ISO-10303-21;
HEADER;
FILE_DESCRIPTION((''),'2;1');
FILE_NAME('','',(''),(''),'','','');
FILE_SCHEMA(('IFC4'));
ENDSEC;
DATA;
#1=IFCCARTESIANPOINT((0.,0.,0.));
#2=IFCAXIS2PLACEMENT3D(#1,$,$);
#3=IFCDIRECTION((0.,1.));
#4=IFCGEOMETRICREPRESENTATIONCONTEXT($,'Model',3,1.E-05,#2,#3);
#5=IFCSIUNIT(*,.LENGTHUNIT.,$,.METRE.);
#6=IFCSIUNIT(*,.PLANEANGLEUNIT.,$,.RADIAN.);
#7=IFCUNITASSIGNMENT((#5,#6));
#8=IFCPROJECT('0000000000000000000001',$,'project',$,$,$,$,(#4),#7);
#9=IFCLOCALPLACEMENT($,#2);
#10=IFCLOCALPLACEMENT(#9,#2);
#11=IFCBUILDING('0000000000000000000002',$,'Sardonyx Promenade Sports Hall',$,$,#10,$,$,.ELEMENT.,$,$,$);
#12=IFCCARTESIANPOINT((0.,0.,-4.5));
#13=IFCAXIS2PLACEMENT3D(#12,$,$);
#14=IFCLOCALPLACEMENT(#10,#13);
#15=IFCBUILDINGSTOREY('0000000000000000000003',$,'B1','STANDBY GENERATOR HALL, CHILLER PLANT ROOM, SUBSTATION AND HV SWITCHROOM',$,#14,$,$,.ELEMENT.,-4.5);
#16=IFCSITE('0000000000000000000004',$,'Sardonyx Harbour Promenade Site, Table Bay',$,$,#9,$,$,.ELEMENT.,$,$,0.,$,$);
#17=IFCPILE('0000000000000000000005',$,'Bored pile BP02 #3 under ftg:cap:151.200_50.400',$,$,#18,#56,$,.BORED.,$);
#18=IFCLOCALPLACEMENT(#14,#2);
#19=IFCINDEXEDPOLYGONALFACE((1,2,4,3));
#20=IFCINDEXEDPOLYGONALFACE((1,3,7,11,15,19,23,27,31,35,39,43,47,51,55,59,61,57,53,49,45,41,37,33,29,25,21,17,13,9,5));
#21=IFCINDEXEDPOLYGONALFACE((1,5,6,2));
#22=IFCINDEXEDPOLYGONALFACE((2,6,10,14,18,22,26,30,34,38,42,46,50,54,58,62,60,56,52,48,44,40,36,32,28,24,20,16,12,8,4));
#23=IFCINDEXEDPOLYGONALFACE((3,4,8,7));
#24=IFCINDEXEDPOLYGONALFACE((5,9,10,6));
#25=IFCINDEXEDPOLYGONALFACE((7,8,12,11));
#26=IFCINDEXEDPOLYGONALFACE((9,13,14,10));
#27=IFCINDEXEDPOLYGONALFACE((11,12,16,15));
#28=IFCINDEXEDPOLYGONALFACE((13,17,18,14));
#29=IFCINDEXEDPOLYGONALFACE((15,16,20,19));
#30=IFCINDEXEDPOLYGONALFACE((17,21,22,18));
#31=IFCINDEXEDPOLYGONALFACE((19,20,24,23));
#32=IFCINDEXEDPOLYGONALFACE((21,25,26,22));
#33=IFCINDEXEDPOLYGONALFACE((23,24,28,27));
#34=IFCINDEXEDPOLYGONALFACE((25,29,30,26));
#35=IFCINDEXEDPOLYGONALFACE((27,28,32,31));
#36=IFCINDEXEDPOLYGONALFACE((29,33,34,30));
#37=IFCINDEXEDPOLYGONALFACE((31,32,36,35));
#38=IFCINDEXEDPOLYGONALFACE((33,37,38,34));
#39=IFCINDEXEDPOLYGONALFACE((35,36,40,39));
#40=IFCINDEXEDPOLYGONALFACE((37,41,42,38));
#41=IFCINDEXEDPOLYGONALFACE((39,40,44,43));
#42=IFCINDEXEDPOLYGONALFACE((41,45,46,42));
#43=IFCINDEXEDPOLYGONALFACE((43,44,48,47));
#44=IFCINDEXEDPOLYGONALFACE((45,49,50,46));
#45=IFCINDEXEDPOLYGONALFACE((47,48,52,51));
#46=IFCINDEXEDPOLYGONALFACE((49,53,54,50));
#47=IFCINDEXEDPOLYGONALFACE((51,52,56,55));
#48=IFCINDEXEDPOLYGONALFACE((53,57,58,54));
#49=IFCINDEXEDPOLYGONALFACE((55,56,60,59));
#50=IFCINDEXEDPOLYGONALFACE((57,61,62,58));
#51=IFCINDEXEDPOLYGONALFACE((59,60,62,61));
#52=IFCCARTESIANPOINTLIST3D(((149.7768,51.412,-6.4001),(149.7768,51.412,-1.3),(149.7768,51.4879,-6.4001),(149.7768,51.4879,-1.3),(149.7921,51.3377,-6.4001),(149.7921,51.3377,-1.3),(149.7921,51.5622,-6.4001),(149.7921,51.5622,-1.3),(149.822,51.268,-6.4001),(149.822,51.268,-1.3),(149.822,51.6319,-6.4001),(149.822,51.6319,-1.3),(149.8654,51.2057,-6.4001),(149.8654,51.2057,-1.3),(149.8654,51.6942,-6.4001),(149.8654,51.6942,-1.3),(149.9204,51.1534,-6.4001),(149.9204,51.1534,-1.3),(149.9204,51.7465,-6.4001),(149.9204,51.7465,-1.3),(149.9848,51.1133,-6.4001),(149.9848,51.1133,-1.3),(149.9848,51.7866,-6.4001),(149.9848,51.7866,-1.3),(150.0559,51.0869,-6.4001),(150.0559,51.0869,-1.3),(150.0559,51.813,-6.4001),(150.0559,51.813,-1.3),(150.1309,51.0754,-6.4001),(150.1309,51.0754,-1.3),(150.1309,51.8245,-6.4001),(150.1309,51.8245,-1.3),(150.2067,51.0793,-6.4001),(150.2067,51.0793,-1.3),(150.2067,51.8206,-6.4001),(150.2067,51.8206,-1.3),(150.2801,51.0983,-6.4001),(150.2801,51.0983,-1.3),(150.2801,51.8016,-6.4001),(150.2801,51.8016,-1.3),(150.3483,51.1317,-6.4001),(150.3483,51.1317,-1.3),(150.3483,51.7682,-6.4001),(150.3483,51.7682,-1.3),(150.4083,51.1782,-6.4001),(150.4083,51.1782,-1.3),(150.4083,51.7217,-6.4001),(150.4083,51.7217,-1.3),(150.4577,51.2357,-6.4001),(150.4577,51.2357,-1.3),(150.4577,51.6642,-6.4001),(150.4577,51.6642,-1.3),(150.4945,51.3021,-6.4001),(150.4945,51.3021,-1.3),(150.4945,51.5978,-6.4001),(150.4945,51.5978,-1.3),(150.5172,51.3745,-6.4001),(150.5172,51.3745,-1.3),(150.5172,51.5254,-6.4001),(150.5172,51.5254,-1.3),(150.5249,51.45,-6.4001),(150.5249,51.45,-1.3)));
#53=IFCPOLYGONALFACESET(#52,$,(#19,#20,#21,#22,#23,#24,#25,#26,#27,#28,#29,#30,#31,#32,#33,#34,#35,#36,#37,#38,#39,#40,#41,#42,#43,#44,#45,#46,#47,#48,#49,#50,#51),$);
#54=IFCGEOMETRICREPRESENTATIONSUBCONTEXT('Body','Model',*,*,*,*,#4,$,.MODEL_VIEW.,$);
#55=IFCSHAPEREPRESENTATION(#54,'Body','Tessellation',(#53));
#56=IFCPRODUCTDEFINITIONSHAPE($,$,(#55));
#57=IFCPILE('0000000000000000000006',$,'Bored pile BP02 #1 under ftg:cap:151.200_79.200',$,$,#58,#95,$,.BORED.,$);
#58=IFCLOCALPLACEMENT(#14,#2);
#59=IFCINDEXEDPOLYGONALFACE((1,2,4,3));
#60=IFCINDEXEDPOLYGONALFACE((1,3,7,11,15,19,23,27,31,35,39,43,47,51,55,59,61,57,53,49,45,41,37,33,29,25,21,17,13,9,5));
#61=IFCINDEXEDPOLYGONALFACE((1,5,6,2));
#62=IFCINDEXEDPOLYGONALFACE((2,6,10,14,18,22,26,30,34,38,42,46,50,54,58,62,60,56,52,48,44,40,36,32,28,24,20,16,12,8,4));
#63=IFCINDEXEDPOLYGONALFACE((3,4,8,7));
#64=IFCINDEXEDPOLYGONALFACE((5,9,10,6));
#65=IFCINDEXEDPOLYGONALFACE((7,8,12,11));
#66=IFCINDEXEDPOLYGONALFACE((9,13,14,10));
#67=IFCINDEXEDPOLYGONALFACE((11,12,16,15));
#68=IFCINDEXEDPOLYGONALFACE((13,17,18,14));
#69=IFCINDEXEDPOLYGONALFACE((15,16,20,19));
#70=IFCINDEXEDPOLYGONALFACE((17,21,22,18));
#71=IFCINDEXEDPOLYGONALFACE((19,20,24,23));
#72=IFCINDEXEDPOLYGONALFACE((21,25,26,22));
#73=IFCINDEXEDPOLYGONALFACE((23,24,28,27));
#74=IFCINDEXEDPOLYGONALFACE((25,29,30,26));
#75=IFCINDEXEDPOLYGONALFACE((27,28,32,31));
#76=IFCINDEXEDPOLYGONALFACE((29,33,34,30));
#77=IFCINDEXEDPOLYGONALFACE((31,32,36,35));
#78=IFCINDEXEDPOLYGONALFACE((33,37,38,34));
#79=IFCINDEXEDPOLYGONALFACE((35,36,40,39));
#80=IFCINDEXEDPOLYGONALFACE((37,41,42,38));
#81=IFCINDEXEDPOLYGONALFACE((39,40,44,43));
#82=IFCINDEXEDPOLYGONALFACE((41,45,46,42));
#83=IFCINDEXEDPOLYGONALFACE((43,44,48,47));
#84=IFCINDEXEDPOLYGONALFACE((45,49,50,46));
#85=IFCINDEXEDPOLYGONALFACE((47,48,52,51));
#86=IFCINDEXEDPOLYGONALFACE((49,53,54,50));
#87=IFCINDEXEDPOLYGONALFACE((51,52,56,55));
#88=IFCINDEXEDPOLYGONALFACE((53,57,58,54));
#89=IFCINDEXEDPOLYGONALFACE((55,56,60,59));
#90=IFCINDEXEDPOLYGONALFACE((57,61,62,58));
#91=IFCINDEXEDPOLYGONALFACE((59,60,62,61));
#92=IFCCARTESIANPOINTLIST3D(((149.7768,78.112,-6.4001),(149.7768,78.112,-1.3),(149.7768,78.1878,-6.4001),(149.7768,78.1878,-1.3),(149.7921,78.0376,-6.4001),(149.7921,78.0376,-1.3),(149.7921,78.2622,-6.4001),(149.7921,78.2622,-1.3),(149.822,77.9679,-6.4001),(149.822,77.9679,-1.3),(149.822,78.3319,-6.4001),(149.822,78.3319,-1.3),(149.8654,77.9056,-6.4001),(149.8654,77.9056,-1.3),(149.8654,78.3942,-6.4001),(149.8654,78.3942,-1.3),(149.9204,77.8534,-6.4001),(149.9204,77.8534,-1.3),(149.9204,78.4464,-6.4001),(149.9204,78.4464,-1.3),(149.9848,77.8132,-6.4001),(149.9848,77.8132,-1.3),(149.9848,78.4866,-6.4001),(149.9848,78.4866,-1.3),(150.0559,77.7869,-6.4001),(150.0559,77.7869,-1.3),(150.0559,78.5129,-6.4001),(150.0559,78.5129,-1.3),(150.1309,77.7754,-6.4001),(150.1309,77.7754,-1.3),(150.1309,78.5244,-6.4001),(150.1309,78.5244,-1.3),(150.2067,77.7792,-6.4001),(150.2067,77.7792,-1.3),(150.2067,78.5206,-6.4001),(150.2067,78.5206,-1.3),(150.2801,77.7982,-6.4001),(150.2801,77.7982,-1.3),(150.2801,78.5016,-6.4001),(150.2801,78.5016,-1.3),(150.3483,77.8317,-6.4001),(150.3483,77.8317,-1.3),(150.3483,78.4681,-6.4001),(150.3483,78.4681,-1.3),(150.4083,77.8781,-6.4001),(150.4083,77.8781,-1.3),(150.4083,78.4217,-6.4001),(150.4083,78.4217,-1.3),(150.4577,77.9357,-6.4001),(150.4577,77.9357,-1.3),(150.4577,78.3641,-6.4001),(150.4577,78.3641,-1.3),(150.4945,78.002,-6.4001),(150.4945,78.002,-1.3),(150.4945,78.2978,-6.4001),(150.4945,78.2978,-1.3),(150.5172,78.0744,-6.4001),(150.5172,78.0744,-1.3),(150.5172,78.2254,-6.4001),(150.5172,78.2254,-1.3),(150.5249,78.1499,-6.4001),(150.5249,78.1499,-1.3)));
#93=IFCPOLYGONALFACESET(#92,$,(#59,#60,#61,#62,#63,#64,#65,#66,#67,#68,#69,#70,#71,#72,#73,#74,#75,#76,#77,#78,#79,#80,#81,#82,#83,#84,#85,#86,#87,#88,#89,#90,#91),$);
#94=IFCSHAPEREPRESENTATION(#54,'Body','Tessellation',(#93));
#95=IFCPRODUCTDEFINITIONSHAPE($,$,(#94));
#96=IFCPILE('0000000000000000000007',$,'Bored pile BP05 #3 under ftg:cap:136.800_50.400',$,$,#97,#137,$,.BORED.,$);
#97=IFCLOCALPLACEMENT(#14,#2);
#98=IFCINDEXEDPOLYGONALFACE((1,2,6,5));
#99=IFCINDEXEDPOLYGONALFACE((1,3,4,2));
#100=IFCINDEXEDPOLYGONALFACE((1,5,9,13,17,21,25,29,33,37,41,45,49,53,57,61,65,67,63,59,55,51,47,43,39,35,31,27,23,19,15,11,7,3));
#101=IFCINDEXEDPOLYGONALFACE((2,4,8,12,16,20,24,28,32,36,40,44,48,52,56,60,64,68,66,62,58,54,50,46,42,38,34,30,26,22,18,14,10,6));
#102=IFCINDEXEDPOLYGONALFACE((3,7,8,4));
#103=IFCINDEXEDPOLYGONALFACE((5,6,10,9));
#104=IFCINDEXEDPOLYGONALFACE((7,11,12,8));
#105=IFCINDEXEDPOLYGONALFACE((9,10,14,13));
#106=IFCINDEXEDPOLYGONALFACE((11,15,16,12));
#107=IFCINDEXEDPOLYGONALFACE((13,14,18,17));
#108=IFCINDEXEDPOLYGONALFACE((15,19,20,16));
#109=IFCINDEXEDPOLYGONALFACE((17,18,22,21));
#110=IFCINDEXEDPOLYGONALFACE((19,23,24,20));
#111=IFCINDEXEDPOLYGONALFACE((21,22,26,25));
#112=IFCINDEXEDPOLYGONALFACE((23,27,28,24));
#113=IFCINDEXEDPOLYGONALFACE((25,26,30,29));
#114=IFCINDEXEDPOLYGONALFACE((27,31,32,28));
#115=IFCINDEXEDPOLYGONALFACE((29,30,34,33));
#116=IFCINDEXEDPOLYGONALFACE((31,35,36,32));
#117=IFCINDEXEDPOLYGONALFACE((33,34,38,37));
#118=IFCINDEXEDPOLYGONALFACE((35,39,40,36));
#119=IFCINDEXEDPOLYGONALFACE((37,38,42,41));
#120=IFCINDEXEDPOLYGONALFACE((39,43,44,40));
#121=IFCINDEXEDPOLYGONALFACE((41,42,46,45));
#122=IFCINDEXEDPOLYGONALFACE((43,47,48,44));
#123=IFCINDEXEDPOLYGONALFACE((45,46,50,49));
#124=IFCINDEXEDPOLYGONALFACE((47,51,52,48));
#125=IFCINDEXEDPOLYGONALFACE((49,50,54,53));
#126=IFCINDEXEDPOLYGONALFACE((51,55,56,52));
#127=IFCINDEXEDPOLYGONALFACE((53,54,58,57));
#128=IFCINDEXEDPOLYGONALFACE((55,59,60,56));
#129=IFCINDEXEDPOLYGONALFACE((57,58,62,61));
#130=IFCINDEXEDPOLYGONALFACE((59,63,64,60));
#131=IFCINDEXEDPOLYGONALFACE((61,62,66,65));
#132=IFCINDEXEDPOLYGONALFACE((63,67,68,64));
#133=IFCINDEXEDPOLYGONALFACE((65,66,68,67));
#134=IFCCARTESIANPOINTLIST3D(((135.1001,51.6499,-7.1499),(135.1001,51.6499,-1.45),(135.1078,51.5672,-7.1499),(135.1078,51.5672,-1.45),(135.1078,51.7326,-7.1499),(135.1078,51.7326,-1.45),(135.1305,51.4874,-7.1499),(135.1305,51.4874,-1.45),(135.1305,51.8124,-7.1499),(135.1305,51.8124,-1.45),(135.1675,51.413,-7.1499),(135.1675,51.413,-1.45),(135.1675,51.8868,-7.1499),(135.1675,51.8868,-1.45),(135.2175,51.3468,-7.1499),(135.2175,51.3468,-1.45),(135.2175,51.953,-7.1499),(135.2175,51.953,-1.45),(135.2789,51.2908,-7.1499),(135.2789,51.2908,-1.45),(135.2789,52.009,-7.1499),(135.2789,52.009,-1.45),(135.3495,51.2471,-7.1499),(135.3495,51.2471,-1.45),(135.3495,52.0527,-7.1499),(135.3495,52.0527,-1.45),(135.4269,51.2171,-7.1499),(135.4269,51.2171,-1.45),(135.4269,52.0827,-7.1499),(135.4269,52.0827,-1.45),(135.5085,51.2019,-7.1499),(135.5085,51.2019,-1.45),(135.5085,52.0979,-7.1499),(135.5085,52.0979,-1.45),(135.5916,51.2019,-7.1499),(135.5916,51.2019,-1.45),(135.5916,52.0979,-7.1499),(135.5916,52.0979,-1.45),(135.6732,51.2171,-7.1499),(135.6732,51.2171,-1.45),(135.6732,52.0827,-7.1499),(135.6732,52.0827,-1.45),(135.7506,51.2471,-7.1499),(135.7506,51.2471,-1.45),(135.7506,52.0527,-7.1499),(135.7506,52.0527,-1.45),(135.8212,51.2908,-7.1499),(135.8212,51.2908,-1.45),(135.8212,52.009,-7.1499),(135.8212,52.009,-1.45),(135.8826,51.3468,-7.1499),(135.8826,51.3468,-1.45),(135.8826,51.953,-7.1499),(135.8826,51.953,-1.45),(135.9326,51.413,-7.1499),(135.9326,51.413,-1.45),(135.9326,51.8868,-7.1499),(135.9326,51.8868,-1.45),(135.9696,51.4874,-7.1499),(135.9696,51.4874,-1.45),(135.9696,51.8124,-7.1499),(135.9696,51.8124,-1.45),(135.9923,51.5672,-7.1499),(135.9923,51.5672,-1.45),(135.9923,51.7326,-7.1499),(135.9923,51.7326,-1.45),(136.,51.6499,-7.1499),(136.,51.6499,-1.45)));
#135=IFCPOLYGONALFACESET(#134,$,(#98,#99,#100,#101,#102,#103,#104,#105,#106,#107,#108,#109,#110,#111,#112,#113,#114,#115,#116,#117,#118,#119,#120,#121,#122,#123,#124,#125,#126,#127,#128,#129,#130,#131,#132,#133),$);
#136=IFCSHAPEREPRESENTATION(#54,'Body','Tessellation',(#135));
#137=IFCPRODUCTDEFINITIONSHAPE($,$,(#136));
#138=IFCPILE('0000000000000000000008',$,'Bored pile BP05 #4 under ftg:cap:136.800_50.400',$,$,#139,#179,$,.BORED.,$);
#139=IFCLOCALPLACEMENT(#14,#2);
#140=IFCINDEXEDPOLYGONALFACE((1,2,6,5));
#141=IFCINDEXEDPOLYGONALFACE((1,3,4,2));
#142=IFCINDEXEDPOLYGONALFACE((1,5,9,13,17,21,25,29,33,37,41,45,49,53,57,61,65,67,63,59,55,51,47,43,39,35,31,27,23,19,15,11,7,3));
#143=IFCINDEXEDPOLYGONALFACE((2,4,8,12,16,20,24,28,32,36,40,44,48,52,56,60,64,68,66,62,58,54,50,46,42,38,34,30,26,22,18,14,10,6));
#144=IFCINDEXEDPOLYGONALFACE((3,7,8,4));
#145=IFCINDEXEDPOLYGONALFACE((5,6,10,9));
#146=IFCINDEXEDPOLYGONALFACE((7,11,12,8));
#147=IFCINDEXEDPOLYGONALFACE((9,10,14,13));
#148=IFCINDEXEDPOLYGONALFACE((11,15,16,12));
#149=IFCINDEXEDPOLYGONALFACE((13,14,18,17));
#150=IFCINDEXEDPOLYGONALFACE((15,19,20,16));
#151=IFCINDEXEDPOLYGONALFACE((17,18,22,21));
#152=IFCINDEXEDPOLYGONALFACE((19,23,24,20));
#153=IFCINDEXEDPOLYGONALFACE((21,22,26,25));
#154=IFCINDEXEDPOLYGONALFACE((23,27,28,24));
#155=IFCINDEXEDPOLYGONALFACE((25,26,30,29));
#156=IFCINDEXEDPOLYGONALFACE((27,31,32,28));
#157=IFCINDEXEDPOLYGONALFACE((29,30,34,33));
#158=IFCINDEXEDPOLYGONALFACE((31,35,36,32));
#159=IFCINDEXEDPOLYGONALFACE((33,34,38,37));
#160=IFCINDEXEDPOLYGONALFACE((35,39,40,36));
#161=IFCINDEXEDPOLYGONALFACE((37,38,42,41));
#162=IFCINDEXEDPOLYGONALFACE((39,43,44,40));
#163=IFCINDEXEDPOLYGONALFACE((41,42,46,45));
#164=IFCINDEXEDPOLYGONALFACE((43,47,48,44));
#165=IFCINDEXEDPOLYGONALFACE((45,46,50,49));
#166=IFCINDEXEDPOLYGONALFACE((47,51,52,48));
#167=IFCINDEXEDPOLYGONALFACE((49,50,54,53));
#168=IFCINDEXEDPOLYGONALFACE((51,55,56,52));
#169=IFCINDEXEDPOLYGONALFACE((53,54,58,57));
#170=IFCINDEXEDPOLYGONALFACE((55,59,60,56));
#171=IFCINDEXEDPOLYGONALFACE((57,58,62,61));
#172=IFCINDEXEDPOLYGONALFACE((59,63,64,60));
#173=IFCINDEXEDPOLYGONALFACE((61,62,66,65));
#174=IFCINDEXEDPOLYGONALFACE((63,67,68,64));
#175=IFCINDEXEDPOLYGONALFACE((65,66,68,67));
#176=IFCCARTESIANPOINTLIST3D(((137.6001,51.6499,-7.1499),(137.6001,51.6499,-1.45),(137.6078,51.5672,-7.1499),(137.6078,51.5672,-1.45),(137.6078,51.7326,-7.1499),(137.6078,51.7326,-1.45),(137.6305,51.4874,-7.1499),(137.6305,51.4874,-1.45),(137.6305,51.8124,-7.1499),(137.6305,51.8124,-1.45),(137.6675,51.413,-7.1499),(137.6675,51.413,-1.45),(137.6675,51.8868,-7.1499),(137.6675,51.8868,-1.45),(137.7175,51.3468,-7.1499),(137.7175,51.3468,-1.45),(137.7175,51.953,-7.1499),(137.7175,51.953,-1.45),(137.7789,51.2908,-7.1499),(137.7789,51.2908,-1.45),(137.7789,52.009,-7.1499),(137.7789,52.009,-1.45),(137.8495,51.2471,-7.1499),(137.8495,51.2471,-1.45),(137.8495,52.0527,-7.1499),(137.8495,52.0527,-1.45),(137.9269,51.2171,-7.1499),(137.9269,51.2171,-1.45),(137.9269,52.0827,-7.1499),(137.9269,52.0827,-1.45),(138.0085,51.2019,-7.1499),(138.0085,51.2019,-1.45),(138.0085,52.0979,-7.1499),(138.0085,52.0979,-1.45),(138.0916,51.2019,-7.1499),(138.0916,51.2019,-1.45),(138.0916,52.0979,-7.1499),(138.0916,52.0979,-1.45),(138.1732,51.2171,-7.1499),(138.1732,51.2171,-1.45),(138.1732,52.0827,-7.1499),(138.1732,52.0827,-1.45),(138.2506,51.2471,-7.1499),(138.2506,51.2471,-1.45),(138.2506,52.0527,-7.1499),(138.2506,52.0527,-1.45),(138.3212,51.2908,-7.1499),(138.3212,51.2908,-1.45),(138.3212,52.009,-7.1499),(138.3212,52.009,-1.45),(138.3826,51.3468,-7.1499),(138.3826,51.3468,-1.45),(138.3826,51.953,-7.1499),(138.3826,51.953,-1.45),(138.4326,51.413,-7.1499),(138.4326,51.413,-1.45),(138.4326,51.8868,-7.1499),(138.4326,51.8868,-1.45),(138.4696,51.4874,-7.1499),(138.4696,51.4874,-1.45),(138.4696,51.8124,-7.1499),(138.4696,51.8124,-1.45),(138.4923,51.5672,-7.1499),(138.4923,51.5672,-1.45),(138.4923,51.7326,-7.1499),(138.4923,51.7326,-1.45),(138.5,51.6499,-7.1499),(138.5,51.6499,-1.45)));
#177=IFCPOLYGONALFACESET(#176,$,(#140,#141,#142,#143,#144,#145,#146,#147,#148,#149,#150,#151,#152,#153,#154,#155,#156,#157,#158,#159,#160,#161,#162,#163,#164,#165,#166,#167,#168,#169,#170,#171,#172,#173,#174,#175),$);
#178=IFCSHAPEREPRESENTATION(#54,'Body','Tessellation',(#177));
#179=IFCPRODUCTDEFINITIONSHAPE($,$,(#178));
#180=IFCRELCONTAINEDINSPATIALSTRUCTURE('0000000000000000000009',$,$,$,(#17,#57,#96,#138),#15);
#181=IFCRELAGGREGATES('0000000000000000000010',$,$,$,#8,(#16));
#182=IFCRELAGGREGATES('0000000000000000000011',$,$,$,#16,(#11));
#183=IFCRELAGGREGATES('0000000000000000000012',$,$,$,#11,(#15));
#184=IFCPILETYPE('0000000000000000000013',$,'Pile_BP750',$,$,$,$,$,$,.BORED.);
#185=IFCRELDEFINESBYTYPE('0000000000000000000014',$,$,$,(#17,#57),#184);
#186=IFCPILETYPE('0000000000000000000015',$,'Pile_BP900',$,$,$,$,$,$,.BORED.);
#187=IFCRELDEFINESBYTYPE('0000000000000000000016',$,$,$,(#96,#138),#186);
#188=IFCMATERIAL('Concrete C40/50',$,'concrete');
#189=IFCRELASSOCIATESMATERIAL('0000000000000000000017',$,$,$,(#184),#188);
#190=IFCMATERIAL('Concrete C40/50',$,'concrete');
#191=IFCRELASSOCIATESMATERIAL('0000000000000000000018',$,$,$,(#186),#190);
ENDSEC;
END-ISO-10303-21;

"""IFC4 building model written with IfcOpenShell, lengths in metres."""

from ifc_helpers import new_model, si_unit, direction, frame, origin, origin_2d, place, context, subcontext, project, spatial, circle, extrude, material, material_profile, profile_set, type_object, element, save


model = new_model("IFC4")

# Units and contexts
model_context = context("Model", 3, precision=1e-05, world=origin(), true_north=direction((0.0, 1.0)))
body_context = subcontext(model_context, "Body", "Model", "MODEL_VIEW")
ifc_project = project(units=[si_unit("LENGTHUNIT", "METRE"), si_unit("PLANEANGLEUNIT", "RADIAN")], contexts=[model_context])

# Site, building, storey
site_placement = place(None, origin())
site = spatial("IfcSite", under=ifc_project, at=site_placement, Name="Sardonyx Harbour Promenade Site, Table Bay", CompositionType="ELEMENT", RefElevation=0.0)
building_placement = place(site_placement, origin())
building = spatial("IfcBuilding", under=site, at=building_placement, Name="Sardonyx Promenade Sports Hall", CompositionType="ELEMENT")
storey_placement = place(building_placement, frame((0.0, 0.0, -4.5)))
storey = spatial("IfcBuildingStorey", under=building, at=storey_placement, Name="B1", Description="STANDBY GENERATOR HALL, CHILLER PLANT ROOM, SUBSTATION AND HV SWITCHROOM", CompositionType="ELEMENT", Elevation=-4.5)

# Piles
ifc_material_1 = material(Name="Concrete C40/50", Category="concrete")
ifc_material_profile_1 = material_profile(ifc_material_1, circle(Radius=0.375, at=origin_2d()))
ifc_profile_set_1 = profile_set([ifc_material_profile_1], Name="Concrete C40/50")
pile_type_1 = type_object("IfcPileType", Name="Pile_BP750", PredefinedType="BORED", material=ifc_profile_set_1)
for number, where, z_axis, x_axis, name in (
    (1, (150.1499, 51.45, -1.3), (0.0, 0.0, -1.0), (1.0, 0.0, 0.0), "Bored pile BP02 #3 under ftg:cap:151.200_50.400"),
    (2, (150.1499, 78.1499, -1.3), (0.0, 0.0, -1.0), (1.0, 0.0, 0.0), "Bored pile BP02 #1 under ftg:cap:151.200_79.200"),
):
    element("IfcPile", number, at=place(storey_placement, frame(where, z_axis=z_axis, x_axis=x_axis)), inside=storey, type_object=pile_type_1, Name=name, PredefinedType="BORED", context=body_context, shape_type="SweptSolid", body=[
        extrude(circle(Radius=0.375, at=origin_2d()), origin(), (0.0, 0.0, 1.0), 5.1001),
    ])
ifc_material_2 = material(Name="Concrete C40/50", Category="concrete")
ifc_material_profile_2 = material_profile(ifc_material_2, circle(Radius=0.45, at=origin_2d()))
ifc_profile_set_2 = profile_set([ifc_material_profile_2], Name="Concrete C40/50")
pile_type_2 = type_object("IfcPileType", Name="Pile_BP900", PredefinedType="BORED", material=ifc_profile_set_2)
for number, where, z_axis, x_axis, name in (
    (3, (135.55, 51.6499, -1.45), (0.0, 0.0, -1.0), (1.0, 0.0, 0.0), "Bored pile BP05 #3 under ftg:cap:136.800_50.400"),
    (4, (138.05, 51.6499, -1.45), (0.0, 0.0, -1.0), (1.0, 0.0, 0.0), "Bored pile BP05 #4 under ftg:cap:136.800_50.400"),
):
    element("IfcPile", number, at=place(storey_placement, frame(where, z_axis=z_axis, x_axis=x_axis)), inside=storey, type_object=pile_type_2, Name=name, PredefinedType="BORED", context=body_context, shape_type="SweptSolid", body=[
        extrude(circle(Radius=0.45, at=origin_2d()), origin(), (0.0, 0.0, 1.0), 5.7),
    ])

save(model, "model.ifc")
